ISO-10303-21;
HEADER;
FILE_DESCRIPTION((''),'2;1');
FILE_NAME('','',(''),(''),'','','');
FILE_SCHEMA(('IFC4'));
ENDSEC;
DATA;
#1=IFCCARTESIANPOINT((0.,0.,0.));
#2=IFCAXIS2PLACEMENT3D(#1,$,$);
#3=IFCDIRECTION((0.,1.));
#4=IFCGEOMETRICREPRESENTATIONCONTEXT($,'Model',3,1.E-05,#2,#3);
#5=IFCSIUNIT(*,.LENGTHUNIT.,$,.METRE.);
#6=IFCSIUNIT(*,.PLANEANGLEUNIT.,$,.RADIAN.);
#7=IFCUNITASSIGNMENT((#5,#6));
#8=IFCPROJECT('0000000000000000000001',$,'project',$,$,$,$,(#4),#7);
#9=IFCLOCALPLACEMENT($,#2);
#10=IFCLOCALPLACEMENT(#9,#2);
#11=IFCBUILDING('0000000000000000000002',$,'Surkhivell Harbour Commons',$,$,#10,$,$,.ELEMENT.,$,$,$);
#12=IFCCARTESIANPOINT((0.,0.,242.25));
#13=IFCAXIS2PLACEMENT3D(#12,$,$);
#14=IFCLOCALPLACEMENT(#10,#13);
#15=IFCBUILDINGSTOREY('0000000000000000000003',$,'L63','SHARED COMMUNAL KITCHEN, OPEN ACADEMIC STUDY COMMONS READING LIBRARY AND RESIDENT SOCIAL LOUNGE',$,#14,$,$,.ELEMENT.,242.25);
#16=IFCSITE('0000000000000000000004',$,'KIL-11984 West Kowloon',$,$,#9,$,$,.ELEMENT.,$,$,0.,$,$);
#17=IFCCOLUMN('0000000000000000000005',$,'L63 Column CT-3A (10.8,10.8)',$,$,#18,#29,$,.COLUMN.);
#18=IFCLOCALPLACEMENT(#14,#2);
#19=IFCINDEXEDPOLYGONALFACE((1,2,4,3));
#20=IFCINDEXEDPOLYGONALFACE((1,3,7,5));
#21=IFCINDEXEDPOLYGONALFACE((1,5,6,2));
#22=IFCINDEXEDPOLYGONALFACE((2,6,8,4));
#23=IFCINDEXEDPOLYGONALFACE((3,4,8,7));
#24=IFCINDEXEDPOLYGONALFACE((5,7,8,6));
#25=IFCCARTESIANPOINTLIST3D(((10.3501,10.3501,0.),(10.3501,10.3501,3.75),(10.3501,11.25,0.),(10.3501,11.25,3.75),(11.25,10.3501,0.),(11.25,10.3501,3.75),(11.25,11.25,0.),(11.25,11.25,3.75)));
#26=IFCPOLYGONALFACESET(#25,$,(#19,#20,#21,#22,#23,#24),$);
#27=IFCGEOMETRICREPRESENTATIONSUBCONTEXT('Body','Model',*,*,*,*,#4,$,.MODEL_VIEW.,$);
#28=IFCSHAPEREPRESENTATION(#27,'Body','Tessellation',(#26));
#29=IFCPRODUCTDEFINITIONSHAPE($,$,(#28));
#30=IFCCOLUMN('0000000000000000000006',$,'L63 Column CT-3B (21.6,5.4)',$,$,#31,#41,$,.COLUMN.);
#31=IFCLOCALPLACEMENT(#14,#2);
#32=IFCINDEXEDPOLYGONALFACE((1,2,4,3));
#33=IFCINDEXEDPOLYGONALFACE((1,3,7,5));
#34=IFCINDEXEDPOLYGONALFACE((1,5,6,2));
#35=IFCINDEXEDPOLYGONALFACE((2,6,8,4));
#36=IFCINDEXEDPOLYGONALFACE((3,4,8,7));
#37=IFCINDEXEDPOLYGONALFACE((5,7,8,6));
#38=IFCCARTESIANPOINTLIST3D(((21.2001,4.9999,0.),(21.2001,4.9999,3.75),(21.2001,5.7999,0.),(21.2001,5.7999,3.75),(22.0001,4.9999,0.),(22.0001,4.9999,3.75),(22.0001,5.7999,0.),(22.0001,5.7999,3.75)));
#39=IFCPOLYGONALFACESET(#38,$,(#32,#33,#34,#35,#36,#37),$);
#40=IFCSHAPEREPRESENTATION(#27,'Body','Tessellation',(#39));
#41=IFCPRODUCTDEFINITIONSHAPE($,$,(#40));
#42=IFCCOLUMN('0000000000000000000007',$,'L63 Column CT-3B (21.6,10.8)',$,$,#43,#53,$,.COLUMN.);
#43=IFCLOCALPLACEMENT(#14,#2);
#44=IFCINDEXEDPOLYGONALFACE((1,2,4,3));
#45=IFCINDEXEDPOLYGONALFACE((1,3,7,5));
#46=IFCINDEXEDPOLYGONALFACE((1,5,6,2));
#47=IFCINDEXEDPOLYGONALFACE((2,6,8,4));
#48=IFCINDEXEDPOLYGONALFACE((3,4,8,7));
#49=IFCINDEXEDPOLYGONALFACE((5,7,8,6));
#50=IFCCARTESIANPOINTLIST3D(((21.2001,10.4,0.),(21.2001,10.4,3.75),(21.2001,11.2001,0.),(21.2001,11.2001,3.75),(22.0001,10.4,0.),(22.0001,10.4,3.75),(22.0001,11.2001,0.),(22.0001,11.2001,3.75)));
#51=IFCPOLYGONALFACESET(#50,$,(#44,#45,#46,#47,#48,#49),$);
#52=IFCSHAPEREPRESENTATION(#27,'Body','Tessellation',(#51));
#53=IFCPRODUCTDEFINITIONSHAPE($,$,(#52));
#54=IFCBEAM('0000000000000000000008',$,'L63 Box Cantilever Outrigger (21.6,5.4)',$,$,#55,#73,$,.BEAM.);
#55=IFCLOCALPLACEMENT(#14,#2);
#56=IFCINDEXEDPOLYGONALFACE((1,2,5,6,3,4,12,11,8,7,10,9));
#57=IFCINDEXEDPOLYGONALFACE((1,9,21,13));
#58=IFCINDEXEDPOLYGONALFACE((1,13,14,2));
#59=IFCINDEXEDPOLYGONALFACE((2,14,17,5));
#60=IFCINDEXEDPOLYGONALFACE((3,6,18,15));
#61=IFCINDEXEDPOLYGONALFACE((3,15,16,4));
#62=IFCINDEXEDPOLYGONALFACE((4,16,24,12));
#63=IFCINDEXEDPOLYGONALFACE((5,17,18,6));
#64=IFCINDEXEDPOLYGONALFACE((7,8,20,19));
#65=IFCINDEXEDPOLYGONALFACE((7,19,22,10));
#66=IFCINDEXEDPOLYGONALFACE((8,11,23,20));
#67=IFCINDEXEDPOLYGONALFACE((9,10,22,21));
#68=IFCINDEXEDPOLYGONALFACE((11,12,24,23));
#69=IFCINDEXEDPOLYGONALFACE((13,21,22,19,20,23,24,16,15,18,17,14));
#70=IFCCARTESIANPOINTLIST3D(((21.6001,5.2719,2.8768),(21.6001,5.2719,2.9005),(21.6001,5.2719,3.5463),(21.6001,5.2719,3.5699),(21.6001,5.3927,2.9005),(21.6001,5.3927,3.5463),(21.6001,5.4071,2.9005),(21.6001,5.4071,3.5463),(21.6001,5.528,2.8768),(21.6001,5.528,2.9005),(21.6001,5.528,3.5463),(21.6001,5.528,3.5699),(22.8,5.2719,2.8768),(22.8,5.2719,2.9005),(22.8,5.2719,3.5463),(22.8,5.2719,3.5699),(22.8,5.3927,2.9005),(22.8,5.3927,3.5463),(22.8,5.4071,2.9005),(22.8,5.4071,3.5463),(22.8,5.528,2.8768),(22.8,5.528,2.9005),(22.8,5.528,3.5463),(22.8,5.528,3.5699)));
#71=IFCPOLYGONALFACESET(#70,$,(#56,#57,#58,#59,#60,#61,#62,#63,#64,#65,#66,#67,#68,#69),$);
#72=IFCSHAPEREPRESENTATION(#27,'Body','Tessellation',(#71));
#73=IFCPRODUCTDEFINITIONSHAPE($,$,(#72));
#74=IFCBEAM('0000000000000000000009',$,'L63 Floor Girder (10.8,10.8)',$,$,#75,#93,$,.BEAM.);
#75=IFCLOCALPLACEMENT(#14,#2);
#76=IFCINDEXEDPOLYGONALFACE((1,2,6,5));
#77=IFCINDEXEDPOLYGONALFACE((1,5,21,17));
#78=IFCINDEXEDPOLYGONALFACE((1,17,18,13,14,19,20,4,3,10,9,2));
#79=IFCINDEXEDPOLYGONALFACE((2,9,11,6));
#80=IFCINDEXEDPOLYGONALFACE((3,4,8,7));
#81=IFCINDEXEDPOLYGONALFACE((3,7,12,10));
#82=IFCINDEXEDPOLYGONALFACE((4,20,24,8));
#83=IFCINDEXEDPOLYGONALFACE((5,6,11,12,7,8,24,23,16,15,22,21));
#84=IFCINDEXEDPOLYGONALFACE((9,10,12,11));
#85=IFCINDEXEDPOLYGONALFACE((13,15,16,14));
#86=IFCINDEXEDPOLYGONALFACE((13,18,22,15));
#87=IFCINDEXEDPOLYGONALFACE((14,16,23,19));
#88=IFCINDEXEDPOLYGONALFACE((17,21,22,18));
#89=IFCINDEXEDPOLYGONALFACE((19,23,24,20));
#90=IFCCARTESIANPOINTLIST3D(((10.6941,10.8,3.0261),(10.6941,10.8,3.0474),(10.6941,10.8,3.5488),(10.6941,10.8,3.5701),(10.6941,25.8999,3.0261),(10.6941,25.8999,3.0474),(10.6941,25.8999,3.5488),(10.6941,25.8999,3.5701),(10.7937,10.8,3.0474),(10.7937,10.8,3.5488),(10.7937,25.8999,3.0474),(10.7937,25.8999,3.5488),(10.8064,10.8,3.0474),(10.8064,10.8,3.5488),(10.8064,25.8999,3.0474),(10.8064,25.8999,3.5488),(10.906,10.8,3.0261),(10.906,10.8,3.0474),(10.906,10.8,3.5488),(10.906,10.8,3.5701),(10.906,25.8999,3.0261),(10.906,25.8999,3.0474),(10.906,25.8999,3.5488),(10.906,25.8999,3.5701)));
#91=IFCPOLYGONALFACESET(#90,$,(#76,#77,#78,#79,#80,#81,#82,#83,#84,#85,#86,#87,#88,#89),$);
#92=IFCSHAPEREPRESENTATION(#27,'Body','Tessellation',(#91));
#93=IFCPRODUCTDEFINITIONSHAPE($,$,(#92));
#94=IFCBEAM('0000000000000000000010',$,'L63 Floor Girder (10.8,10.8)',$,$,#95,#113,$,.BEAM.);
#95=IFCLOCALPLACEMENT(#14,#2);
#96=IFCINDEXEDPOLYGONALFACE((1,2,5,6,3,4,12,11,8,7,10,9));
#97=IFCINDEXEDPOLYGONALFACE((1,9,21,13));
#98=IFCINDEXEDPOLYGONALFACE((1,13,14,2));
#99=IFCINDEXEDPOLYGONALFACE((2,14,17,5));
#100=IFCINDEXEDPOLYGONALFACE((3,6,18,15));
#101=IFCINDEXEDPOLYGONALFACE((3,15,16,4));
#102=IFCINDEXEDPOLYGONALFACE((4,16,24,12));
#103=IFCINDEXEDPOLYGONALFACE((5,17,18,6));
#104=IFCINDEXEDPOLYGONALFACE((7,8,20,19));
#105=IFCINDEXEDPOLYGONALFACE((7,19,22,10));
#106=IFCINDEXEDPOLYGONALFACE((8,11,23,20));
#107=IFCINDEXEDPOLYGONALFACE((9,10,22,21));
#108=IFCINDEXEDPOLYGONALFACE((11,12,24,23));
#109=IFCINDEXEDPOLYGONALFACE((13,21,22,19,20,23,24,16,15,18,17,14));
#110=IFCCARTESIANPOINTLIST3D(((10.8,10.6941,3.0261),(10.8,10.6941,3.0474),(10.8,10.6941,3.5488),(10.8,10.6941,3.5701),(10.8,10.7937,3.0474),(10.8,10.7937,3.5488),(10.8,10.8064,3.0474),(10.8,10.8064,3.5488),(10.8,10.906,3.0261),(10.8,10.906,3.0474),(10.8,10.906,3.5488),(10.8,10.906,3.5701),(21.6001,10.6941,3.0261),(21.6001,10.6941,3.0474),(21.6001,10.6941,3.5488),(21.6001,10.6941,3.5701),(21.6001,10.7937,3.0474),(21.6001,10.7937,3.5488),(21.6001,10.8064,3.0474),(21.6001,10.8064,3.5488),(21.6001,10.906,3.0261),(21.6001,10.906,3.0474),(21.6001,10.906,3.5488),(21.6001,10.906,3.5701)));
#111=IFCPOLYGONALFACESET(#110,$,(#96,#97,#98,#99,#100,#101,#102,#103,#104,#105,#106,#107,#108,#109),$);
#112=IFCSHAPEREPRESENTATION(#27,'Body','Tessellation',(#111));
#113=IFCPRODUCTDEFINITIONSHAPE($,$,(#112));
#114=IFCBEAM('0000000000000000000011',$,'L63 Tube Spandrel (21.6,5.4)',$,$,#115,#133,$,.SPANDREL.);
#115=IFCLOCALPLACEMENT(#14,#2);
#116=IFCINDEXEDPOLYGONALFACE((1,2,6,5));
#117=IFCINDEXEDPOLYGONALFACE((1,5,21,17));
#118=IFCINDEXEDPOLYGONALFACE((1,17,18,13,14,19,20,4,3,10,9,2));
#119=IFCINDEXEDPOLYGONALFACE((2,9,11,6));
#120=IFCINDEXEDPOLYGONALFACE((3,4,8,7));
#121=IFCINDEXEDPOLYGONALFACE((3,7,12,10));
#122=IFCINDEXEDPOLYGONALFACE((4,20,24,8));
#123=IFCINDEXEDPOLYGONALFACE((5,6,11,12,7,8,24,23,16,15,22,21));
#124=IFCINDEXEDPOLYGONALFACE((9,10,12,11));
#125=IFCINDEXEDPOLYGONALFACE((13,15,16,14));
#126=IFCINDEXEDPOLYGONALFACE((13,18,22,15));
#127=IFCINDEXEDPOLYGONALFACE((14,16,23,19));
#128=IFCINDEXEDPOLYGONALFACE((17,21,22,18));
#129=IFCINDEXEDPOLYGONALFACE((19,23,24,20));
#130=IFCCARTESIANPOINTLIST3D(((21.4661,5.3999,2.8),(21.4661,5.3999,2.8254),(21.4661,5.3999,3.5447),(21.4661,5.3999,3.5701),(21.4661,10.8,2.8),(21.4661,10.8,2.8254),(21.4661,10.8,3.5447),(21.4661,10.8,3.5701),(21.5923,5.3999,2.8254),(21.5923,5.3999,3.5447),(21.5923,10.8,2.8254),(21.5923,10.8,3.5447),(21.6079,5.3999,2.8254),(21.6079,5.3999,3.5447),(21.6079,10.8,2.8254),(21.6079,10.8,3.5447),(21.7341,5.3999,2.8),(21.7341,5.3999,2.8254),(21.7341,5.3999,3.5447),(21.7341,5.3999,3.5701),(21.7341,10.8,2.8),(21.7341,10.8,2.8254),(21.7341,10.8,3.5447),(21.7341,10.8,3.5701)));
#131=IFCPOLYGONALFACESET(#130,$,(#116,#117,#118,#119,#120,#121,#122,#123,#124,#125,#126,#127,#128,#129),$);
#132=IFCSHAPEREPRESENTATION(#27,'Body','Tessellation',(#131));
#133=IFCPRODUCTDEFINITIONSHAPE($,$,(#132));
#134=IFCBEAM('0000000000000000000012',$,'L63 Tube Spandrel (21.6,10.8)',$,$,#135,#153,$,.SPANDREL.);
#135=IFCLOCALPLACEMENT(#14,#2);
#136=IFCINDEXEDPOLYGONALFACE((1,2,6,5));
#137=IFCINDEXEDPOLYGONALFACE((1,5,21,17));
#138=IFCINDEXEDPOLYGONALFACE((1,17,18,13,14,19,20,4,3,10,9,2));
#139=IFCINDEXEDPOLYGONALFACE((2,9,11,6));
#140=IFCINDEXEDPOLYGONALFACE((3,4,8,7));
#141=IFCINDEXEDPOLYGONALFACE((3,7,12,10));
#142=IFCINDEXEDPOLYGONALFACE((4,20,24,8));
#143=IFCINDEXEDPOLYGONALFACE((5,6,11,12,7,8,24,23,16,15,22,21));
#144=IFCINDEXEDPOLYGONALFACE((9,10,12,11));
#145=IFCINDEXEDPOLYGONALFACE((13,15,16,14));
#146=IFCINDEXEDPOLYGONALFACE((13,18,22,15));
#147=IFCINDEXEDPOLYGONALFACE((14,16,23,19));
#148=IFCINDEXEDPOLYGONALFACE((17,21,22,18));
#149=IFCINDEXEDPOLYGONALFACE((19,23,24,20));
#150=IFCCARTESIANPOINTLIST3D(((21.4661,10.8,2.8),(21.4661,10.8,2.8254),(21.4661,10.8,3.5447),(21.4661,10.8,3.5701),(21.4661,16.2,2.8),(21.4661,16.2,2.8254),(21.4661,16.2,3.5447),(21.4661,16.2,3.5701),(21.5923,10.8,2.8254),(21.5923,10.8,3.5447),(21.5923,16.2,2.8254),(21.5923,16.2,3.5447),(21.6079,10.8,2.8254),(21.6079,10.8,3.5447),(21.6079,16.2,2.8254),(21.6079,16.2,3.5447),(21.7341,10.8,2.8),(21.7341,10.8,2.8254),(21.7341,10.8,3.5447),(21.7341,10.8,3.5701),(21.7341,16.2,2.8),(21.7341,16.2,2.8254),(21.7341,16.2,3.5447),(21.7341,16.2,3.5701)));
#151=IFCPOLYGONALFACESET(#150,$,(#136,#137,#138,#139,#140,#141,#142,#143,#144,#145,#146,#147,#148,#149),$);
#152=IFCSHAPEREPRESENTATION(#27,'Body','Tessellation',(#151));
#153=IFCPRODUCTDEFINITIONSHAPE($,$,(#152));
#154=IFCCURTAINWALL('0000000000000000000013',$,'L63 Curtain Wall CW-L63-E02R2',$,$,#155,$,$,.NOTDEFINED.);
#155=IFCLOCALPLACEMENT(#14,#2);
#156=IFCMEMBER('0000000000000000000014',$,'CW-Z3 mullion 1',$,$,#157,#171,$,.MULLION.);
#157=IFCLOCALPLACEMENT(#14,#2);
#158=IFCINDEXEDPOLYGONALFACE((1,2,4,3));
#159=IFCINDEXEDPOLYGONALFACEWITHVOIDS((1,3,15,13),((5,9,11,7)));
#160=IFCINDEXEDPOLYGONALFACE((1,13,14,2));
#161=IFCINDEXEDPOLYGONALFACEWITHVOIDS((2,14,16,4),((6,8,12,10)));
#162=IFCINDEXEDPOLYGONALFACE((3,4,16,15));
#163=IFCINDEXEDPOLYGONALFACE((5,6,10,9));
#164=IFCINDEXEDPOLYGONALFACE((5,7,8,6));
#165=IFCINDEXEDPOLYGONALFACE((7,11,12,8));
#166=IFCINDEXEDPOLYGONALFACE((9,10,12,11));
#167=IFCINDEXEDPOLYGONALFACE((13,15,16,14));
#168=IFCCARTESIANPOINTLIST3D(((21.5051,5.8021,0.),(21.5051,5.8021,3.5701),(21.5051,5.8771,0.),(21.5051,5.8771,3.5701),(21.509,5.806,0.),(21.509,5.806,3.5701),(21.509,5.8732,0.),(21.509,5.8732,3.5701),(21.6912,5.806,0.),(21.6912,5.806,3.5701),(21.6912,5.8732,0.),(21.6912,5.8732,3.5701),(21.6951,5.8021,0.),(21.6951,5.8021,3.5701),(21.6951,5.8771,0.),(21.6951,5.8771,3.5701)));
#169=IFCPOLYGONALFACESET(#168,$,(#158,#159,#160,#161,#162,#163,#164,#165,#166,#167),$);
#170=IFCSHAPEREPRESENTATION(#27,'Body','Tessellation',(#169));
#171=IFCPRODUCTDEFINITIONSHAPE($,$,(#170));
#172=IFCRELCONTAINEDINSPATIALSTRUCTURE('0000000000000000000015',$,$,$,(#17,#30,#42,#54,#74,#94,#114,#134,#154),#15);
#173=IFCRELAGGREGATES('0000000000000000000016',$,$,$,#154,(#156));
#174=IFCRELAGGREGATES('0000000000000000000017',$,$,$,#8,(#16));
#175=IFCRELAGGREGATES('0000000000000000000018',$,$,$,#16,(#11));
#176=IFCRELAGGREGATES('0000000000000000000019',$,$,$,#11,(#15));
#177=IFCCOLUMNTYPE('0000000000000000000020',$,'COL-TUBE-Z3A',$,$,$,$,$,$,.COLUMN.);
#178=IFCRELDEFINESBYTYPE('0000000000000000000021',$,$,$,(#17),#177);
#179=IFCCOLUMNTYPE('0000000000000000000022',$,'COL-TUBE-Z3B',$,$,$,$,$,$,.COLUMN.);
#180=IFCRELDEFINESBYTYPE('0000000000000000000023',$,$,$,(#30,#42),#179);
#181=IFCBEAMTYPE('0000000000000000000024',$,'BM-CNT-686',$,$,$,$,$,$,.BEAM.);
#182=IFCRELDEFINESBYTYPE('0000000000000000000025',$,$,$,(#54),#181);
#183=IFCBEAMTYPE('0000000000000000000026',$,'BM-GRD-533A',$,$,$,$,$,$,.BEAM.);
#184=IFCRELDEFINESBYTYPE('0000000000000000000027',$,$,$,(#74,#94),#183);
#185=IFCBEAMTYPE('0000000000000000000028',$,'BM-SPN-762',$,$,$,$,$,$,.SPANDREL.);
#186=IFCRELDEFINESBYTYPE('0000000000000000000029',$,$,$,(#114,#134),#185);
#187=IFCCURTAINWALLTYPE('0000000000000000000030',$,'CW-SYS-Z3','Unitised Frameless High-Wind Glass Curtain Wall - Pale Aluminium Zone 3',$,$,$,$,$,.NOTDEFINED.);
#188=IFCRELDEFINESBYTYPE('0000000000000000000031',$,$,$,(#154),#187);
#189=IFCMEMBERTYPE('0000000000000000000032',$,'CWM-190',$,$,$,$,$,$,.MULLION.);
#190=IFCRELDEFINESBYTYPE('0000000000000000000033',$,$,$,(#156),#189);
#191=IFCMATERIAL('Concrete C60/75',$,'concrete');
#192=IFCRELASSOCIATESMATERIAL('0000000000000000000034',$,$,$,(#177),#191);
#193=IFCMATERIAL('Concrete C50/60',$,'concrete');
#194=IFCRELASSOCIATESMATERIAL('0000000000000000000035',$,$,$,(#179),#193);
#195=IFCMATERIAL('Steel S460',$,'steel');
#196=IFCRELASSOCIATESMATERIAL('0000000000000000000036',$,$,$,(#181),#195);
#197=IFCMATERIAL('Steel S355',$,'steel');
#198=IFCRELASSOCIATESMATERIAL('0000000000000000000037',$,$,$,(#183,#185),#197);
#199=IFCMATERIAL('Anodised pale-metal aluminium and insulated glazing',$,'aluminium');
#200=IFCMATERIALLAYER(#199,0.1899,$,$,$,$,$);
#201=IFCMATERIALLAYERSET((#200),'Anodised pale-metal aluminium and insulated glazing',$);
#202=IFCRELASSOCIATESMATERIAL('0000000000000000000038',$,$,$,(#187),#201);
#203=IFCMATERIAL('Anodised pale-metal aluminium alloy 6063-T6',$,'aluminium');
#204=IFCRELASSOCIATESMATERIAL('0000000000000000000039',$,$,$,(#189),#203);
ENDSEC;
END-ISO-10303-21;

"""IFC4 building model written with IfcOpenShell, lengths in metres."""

from ifc_helpers import new_model, si_unit, direction, frame, origin, origin_2d, place, context, subcontext, project, spatial, rectangle, hollow_rectangle, i_section, extrude, material, layer, layer_set, material_profile, profile_set, type_object, element, aggregate, save


model = new_model("IFC4")

# Units and contexts
model_context = context("Model", 3, precision=1e-05, world=origin(), true_north=direction((0.0, 1.0)))
body_context = subcontext(model_context, "Body", "Model", "MODEL_VIEW")
ifc_project = project(units=[si_unit("LENGTHUNIT", "METRE"), si_unit("PLANEANGLEUNIT", "RADIAN")], contexts=[model_context])

# Site, building, storey
site_placement = place(None, origin())
site = spatial("IfcSite", under=ifc_project, at=site_placement, Name="KIL-11984 West Kowloon", CompositionType="ELEMENT", RefElevation=0.0)
building_placement = place(site_placement, origin())
building = spatial("IfcBuilding", under=site, at=building_placement, Name="Surkhivell Harbour Commons", CompositionType="ELEMENT")
storey_placement = place(building_placement, frame((0.0, 0.0, 242.25)))
storey = spatial("IfcBuildingStorey", under=building, at=storey_placement, Name="L63", Description="SHARED COMMUNAL KITCHEN, OPEN ACADEMIC STUDY COMMONS READING LIBRARY AND RESIDENT SOCIAL LOUNGE", CompositionType="ELEMENT", Elevation=242.25)

# Columns
ifc_material_1 = material(Name="Concrete C60/75", Category="concrete")
ifc_material_profile_1 = material_profile(ifc_material_1, rectangle(XDim=0.8999, YDim=0.8999, at=origin_2d()), Name="RC-COL-900x900")
ifc_profile_set_1 = profile_set([ifc_material_profile_1], Name="Concrete C60/75")
column_type_1 = type_object("IfcColumnType", Name="COL-TUBE-Z3A", PredefinedType="COLUMN", material=ifc_profile_set_1)
column_placement = place(storey_placement, frame((10.8, 10.8, 0.0), z_axis=(0.0, 0.0, 1.0), x_axis=(1.0, 0.0, 0.0)))
element("IfcColumn", 1, at=column_placement, inside=storey, type_object=column_type_1, Name="L63 Column CT-3A (10.8,10.8)", PredefinedType="COLUMN", context=body_context, shape_type="SweptSolid", body=[
    extrude(rectangle(XDim=0.8999, YDim=0.8999, at=origin_2d()), origin(), (0.0, 0.0, 1.0), 3.75),
])
ifc_material_2 = material(Name="Concrete C50/60", Category="concrete")
ifc_material_profile_2 = material_profile(ifc_material_2, rectangle(XDim=0.8, YDim=0.8, at=origin_2d()), Name="RC-COL-800x800")
ifc_profile_set_2 = profile_set([ifc_material_profile_2], Name="Concrete C50/60")
column_type_2 = type_object("IfcColumnType", Name="COL-TUBE-Z3B", PredefinedType="COLUMN", material=ifc_profile_set_2)
for number, where, z_axis, x_axis, name in (
    (2, (21.6001, 5.3999, 0.0), (0.0, 0.0, 1.0), (1.0, 0.0, 0.0), "L63 Column CT-3B (21.6,5.4)"),
    (3, (21.6001, 10.8, 0.0), (0.0, 0.0, 1.0), (1.0, 0.0, 0.0), "L63 Column CT-3B (21.6,10.8)"),
):
    element("IfcColumn", number, at=place(storey_placement, frame(where, z_axis=z_axis, x_axis=x_axis)), inside=storey, type_object=column_type_2, Name=name, PredefinedType="COLUMN", context=body_context, shape_type="SweptSolid", body=[
        extrude(rectangle(XDim=0.8, YDim=0.8, at=origin_2d()), origin(), (0.0, 0.0, 1.0), 3.75),
    ])

# Beams
ifc_material_3 = material(Name="Steel S460", Category="steel")
ifc_material_profile_3 = material_profile(ifc_material_3, i_section(OverallWidth=0.2561, OverallDepth=0.6931, WebThickness=0.0144, FlangeThickness=0.0237, at=origin_2d()), Name="UB686x254x170")
ifc_profile_set_3 = profile_set([ifc_material_profile_3], Name="Steel S460")
beam_type_1 = type_object("IfcBeamType", Name="BM-CNT-686", PredefinedType="BEAM", material=ifc_profile_set_3)
beam_1_placement = place(storey_placement, frame((21.6001, 5.3999, 3.2234), z_axis=(1.0, 0.0, 0.0), x_axis=(0.0, 1.0, 0.0)))
element("IfcBeam", 4, at=beam_1_placement, inside=storey, type_object=beam_type_1, Name="L63 Box Cantilever Outrigger (21.6,5.4)", PredefinedType="BEAM", context=body_context, shape_type="SweptSolid", body=[
    extrude(i_section(OverallWidth=0.2561, OverallDepth=0.6931, WebThickness=0.0144, FlangeThickness=0.0237, at=origin_2d()), origin(), (0.0, 0.0, 1.0), 1.2),
])
ifc_material_4 = material(Name="Steel S355", Category="steel")
ifc_material_profile_4 = material_profile(ifc_material_4, i_section(OverallWidth=0.2119, OverallDepth=0.5439, WebThickness=0.0127, FlangeThickness=0.0212, at=origin_2d()), Name="UB533x210x122")
ifc_profile_set_4 = profile_set([ifc_material_profile_4], Name="Steel S355")
beam_type_2 = type_object("IfcBeamType", Name="BM-GRD-533A", PredefinedType="BEAM", material=ifc_profile_set_4)
beam_2_placement = place(storey_placement, frame((10.8, 10.8, 3.2981), z_axis=(0.0, 1.0, 0.0), x_axis=(-1.0, 0.0, 0.0)))
element("IfcBeam", 5, at=beam_2_placement, inside=storey, type_object=beam_type_2, Name="L63 Floor Girder (10.8,10.8)", PredefinedType="BEAM", context=body_context, shape_type="SweptSolid", body=[
    extrude(i_section(OverallWidth=0.2119, OverallDepth=0.5439, WebThickness=0.0127, FlangeThickness=0.0212, at=origin_2d()), origin(), (0.0, 0.0, 1.0), 15.0999),
])
beam_3_placement = place(storey_placement, frame((10.8, 10.8, 3.2981), z_axis=(1.0, 0.0, 0.0), x_axis=(0.0, 1.0, 0.0)))
element("IfcBeam", 6, at=beam_3_placement, inside=storey, type_object=beam_type_2, Name="L63 Floor Girder (10.8,10.8)", PredefinedType="BEAM", context=body_context, shape_type="SweptSolid", body=[
    extrude(i_section(OverallWidth=0.2119, OverallDepth=0.5439, WebThickness=0.0127, FlangeThickness=0.0212, at=origin_2d()), origin(), (0.0, 0.0, 1.0), 10.8),
])
ifc_material_profile_5 = material_profile(ifc_material_4, i_section(OverallWidth=0.2681, OverallDepth=0.77, WebThickness=0.0156, FlangeThickness=0.0254, at=origin_2d()), Name="UB762x267x197")
ifc_profile_set_5 = profile_set([ifc_material_profile_5], Name="Steel S355")
beam_type_3 = type_object("IfcBeamType", Name="BM-SPN-762", PredefinedType="SPANDREL", material=ifc_profile_set_5)
beam_4_placement = place(storey_placement, frame((21.6001, 5.3999, 3.1851), z_axis=(0.0, 1.0, 0.0), x_axis=(-1.0, 0.0, 0.0)))
element("IfcBeam", 7, at=beam_4_placement, inside=storey, type_object=beam_type_3, Name="L63 Tube Spandrel (21.6,5.4)", PredefinedType="SPANDREL", context=body_context, shape_type="SweptSolid", body=[
    extrude(i_section(OverallWidth=0.2681, OverallDepth=0.77, WebThickness=0.0156, FlangeThickness=0.0254, at=origin_2d()), origin(), (0.0, 0.0, 1.0), 5.4001),
])
beam_5_placement = place(storey_placement, frame((21.6001, 10.8, 3.1851), z_axis=(0.0, 1.0, 0.0), x_axis=(-1.0, 0.0, 0.0)))
element("IfcBeam", 8, at=beam_5_placement, inside=storey, type_object=beam_type_3, Name="L63 Tube Spandrel (21.6,10.8)", PredefinedType="SPANDREL", context=body_context, shape_type="SweptSolid", body=[
    extrude(i_section(OverallWidth=0.2681, OverallDepth=0.77, WebThickness=0.0156, FlangeThickness=0.0254, at=origin_2d()), origin(), (0.0, 0.0, 1.0), 5.3999),
])

# Curtain wall, member
ifc_material_5 = material(Name="Anodised pale-metal aluminium and insulated glazing", Category="aluminium")
ifc_layer_1 = layer(ifc_material_5, 0.1899)
ifc_layer_set_1 = layer_set([ifc_layer_1], Name="Anodised pale-metal aluminium and insulated glazing")
curtain_wall_type = type_object("IfcCurtainWallType", Name="CW-SYS-Z3", Description="Unitised Frameless High-Wind Glass Curtain Wall - Pale Aluminium Zone 3", PredefinedType="NOTDEFINED", material=ifc_layer_set_1)
curtain_wall_placement = place(storey_placement, origin())
curtain_wall = element("IfcCurtainWall", 9, at=curtain_wall_placement, inside=storey, type_object=curtain_wall_type, Name="L63 Curtain Wall CW-L63-E02R2", PredefinedType="NOTDEFINED")
ifc_material_6 = material(Name="Anodised pale-metal aluminium alloy 6063-T6", Category="aluminium")
ifc_material_profile_6 = material_profile(ifc_material_6, hollow_rectangle(XDim=0.075, YDim=0.1899, WallThickness=0.0039, at=origin_2d()), Name="ALU-MULL-75x190")
ifc_profile_set_6 = profile_set([ifc_material_profile_6], Name="Anodised pale-metal aluminium alloy 6063-T6")
member_type_1 = type_object("IfcMemberType", Name="CWM-190", PredefinedType="MULLION", material=ifc_profile_set_6)
member_1_placement = place(storey_placement, frame((21.6001, 5.8396, 0.0), z_axis=(0.0, 0.0, 1.0), x_axis=(0.0, 1.0, 0.0)))
member_1 = element("IfcMember", 10, at=member_1_placement, type_object=member_type_1, Name="CW-Z3 mullion 1", PredefinedType="MULLION", context=body_context, shape_type="SweptSolid", body=[
    extrude(hollow_rectangle(XDim=0.075, YDim=0.1899, WallThickness=0.0039, at=origin_2d()), origin(), (0.0, 0.0, 1.0), 3.5701),
])
aggregate(curtain_wall, [member_1])

save(model, "model.ifc")
